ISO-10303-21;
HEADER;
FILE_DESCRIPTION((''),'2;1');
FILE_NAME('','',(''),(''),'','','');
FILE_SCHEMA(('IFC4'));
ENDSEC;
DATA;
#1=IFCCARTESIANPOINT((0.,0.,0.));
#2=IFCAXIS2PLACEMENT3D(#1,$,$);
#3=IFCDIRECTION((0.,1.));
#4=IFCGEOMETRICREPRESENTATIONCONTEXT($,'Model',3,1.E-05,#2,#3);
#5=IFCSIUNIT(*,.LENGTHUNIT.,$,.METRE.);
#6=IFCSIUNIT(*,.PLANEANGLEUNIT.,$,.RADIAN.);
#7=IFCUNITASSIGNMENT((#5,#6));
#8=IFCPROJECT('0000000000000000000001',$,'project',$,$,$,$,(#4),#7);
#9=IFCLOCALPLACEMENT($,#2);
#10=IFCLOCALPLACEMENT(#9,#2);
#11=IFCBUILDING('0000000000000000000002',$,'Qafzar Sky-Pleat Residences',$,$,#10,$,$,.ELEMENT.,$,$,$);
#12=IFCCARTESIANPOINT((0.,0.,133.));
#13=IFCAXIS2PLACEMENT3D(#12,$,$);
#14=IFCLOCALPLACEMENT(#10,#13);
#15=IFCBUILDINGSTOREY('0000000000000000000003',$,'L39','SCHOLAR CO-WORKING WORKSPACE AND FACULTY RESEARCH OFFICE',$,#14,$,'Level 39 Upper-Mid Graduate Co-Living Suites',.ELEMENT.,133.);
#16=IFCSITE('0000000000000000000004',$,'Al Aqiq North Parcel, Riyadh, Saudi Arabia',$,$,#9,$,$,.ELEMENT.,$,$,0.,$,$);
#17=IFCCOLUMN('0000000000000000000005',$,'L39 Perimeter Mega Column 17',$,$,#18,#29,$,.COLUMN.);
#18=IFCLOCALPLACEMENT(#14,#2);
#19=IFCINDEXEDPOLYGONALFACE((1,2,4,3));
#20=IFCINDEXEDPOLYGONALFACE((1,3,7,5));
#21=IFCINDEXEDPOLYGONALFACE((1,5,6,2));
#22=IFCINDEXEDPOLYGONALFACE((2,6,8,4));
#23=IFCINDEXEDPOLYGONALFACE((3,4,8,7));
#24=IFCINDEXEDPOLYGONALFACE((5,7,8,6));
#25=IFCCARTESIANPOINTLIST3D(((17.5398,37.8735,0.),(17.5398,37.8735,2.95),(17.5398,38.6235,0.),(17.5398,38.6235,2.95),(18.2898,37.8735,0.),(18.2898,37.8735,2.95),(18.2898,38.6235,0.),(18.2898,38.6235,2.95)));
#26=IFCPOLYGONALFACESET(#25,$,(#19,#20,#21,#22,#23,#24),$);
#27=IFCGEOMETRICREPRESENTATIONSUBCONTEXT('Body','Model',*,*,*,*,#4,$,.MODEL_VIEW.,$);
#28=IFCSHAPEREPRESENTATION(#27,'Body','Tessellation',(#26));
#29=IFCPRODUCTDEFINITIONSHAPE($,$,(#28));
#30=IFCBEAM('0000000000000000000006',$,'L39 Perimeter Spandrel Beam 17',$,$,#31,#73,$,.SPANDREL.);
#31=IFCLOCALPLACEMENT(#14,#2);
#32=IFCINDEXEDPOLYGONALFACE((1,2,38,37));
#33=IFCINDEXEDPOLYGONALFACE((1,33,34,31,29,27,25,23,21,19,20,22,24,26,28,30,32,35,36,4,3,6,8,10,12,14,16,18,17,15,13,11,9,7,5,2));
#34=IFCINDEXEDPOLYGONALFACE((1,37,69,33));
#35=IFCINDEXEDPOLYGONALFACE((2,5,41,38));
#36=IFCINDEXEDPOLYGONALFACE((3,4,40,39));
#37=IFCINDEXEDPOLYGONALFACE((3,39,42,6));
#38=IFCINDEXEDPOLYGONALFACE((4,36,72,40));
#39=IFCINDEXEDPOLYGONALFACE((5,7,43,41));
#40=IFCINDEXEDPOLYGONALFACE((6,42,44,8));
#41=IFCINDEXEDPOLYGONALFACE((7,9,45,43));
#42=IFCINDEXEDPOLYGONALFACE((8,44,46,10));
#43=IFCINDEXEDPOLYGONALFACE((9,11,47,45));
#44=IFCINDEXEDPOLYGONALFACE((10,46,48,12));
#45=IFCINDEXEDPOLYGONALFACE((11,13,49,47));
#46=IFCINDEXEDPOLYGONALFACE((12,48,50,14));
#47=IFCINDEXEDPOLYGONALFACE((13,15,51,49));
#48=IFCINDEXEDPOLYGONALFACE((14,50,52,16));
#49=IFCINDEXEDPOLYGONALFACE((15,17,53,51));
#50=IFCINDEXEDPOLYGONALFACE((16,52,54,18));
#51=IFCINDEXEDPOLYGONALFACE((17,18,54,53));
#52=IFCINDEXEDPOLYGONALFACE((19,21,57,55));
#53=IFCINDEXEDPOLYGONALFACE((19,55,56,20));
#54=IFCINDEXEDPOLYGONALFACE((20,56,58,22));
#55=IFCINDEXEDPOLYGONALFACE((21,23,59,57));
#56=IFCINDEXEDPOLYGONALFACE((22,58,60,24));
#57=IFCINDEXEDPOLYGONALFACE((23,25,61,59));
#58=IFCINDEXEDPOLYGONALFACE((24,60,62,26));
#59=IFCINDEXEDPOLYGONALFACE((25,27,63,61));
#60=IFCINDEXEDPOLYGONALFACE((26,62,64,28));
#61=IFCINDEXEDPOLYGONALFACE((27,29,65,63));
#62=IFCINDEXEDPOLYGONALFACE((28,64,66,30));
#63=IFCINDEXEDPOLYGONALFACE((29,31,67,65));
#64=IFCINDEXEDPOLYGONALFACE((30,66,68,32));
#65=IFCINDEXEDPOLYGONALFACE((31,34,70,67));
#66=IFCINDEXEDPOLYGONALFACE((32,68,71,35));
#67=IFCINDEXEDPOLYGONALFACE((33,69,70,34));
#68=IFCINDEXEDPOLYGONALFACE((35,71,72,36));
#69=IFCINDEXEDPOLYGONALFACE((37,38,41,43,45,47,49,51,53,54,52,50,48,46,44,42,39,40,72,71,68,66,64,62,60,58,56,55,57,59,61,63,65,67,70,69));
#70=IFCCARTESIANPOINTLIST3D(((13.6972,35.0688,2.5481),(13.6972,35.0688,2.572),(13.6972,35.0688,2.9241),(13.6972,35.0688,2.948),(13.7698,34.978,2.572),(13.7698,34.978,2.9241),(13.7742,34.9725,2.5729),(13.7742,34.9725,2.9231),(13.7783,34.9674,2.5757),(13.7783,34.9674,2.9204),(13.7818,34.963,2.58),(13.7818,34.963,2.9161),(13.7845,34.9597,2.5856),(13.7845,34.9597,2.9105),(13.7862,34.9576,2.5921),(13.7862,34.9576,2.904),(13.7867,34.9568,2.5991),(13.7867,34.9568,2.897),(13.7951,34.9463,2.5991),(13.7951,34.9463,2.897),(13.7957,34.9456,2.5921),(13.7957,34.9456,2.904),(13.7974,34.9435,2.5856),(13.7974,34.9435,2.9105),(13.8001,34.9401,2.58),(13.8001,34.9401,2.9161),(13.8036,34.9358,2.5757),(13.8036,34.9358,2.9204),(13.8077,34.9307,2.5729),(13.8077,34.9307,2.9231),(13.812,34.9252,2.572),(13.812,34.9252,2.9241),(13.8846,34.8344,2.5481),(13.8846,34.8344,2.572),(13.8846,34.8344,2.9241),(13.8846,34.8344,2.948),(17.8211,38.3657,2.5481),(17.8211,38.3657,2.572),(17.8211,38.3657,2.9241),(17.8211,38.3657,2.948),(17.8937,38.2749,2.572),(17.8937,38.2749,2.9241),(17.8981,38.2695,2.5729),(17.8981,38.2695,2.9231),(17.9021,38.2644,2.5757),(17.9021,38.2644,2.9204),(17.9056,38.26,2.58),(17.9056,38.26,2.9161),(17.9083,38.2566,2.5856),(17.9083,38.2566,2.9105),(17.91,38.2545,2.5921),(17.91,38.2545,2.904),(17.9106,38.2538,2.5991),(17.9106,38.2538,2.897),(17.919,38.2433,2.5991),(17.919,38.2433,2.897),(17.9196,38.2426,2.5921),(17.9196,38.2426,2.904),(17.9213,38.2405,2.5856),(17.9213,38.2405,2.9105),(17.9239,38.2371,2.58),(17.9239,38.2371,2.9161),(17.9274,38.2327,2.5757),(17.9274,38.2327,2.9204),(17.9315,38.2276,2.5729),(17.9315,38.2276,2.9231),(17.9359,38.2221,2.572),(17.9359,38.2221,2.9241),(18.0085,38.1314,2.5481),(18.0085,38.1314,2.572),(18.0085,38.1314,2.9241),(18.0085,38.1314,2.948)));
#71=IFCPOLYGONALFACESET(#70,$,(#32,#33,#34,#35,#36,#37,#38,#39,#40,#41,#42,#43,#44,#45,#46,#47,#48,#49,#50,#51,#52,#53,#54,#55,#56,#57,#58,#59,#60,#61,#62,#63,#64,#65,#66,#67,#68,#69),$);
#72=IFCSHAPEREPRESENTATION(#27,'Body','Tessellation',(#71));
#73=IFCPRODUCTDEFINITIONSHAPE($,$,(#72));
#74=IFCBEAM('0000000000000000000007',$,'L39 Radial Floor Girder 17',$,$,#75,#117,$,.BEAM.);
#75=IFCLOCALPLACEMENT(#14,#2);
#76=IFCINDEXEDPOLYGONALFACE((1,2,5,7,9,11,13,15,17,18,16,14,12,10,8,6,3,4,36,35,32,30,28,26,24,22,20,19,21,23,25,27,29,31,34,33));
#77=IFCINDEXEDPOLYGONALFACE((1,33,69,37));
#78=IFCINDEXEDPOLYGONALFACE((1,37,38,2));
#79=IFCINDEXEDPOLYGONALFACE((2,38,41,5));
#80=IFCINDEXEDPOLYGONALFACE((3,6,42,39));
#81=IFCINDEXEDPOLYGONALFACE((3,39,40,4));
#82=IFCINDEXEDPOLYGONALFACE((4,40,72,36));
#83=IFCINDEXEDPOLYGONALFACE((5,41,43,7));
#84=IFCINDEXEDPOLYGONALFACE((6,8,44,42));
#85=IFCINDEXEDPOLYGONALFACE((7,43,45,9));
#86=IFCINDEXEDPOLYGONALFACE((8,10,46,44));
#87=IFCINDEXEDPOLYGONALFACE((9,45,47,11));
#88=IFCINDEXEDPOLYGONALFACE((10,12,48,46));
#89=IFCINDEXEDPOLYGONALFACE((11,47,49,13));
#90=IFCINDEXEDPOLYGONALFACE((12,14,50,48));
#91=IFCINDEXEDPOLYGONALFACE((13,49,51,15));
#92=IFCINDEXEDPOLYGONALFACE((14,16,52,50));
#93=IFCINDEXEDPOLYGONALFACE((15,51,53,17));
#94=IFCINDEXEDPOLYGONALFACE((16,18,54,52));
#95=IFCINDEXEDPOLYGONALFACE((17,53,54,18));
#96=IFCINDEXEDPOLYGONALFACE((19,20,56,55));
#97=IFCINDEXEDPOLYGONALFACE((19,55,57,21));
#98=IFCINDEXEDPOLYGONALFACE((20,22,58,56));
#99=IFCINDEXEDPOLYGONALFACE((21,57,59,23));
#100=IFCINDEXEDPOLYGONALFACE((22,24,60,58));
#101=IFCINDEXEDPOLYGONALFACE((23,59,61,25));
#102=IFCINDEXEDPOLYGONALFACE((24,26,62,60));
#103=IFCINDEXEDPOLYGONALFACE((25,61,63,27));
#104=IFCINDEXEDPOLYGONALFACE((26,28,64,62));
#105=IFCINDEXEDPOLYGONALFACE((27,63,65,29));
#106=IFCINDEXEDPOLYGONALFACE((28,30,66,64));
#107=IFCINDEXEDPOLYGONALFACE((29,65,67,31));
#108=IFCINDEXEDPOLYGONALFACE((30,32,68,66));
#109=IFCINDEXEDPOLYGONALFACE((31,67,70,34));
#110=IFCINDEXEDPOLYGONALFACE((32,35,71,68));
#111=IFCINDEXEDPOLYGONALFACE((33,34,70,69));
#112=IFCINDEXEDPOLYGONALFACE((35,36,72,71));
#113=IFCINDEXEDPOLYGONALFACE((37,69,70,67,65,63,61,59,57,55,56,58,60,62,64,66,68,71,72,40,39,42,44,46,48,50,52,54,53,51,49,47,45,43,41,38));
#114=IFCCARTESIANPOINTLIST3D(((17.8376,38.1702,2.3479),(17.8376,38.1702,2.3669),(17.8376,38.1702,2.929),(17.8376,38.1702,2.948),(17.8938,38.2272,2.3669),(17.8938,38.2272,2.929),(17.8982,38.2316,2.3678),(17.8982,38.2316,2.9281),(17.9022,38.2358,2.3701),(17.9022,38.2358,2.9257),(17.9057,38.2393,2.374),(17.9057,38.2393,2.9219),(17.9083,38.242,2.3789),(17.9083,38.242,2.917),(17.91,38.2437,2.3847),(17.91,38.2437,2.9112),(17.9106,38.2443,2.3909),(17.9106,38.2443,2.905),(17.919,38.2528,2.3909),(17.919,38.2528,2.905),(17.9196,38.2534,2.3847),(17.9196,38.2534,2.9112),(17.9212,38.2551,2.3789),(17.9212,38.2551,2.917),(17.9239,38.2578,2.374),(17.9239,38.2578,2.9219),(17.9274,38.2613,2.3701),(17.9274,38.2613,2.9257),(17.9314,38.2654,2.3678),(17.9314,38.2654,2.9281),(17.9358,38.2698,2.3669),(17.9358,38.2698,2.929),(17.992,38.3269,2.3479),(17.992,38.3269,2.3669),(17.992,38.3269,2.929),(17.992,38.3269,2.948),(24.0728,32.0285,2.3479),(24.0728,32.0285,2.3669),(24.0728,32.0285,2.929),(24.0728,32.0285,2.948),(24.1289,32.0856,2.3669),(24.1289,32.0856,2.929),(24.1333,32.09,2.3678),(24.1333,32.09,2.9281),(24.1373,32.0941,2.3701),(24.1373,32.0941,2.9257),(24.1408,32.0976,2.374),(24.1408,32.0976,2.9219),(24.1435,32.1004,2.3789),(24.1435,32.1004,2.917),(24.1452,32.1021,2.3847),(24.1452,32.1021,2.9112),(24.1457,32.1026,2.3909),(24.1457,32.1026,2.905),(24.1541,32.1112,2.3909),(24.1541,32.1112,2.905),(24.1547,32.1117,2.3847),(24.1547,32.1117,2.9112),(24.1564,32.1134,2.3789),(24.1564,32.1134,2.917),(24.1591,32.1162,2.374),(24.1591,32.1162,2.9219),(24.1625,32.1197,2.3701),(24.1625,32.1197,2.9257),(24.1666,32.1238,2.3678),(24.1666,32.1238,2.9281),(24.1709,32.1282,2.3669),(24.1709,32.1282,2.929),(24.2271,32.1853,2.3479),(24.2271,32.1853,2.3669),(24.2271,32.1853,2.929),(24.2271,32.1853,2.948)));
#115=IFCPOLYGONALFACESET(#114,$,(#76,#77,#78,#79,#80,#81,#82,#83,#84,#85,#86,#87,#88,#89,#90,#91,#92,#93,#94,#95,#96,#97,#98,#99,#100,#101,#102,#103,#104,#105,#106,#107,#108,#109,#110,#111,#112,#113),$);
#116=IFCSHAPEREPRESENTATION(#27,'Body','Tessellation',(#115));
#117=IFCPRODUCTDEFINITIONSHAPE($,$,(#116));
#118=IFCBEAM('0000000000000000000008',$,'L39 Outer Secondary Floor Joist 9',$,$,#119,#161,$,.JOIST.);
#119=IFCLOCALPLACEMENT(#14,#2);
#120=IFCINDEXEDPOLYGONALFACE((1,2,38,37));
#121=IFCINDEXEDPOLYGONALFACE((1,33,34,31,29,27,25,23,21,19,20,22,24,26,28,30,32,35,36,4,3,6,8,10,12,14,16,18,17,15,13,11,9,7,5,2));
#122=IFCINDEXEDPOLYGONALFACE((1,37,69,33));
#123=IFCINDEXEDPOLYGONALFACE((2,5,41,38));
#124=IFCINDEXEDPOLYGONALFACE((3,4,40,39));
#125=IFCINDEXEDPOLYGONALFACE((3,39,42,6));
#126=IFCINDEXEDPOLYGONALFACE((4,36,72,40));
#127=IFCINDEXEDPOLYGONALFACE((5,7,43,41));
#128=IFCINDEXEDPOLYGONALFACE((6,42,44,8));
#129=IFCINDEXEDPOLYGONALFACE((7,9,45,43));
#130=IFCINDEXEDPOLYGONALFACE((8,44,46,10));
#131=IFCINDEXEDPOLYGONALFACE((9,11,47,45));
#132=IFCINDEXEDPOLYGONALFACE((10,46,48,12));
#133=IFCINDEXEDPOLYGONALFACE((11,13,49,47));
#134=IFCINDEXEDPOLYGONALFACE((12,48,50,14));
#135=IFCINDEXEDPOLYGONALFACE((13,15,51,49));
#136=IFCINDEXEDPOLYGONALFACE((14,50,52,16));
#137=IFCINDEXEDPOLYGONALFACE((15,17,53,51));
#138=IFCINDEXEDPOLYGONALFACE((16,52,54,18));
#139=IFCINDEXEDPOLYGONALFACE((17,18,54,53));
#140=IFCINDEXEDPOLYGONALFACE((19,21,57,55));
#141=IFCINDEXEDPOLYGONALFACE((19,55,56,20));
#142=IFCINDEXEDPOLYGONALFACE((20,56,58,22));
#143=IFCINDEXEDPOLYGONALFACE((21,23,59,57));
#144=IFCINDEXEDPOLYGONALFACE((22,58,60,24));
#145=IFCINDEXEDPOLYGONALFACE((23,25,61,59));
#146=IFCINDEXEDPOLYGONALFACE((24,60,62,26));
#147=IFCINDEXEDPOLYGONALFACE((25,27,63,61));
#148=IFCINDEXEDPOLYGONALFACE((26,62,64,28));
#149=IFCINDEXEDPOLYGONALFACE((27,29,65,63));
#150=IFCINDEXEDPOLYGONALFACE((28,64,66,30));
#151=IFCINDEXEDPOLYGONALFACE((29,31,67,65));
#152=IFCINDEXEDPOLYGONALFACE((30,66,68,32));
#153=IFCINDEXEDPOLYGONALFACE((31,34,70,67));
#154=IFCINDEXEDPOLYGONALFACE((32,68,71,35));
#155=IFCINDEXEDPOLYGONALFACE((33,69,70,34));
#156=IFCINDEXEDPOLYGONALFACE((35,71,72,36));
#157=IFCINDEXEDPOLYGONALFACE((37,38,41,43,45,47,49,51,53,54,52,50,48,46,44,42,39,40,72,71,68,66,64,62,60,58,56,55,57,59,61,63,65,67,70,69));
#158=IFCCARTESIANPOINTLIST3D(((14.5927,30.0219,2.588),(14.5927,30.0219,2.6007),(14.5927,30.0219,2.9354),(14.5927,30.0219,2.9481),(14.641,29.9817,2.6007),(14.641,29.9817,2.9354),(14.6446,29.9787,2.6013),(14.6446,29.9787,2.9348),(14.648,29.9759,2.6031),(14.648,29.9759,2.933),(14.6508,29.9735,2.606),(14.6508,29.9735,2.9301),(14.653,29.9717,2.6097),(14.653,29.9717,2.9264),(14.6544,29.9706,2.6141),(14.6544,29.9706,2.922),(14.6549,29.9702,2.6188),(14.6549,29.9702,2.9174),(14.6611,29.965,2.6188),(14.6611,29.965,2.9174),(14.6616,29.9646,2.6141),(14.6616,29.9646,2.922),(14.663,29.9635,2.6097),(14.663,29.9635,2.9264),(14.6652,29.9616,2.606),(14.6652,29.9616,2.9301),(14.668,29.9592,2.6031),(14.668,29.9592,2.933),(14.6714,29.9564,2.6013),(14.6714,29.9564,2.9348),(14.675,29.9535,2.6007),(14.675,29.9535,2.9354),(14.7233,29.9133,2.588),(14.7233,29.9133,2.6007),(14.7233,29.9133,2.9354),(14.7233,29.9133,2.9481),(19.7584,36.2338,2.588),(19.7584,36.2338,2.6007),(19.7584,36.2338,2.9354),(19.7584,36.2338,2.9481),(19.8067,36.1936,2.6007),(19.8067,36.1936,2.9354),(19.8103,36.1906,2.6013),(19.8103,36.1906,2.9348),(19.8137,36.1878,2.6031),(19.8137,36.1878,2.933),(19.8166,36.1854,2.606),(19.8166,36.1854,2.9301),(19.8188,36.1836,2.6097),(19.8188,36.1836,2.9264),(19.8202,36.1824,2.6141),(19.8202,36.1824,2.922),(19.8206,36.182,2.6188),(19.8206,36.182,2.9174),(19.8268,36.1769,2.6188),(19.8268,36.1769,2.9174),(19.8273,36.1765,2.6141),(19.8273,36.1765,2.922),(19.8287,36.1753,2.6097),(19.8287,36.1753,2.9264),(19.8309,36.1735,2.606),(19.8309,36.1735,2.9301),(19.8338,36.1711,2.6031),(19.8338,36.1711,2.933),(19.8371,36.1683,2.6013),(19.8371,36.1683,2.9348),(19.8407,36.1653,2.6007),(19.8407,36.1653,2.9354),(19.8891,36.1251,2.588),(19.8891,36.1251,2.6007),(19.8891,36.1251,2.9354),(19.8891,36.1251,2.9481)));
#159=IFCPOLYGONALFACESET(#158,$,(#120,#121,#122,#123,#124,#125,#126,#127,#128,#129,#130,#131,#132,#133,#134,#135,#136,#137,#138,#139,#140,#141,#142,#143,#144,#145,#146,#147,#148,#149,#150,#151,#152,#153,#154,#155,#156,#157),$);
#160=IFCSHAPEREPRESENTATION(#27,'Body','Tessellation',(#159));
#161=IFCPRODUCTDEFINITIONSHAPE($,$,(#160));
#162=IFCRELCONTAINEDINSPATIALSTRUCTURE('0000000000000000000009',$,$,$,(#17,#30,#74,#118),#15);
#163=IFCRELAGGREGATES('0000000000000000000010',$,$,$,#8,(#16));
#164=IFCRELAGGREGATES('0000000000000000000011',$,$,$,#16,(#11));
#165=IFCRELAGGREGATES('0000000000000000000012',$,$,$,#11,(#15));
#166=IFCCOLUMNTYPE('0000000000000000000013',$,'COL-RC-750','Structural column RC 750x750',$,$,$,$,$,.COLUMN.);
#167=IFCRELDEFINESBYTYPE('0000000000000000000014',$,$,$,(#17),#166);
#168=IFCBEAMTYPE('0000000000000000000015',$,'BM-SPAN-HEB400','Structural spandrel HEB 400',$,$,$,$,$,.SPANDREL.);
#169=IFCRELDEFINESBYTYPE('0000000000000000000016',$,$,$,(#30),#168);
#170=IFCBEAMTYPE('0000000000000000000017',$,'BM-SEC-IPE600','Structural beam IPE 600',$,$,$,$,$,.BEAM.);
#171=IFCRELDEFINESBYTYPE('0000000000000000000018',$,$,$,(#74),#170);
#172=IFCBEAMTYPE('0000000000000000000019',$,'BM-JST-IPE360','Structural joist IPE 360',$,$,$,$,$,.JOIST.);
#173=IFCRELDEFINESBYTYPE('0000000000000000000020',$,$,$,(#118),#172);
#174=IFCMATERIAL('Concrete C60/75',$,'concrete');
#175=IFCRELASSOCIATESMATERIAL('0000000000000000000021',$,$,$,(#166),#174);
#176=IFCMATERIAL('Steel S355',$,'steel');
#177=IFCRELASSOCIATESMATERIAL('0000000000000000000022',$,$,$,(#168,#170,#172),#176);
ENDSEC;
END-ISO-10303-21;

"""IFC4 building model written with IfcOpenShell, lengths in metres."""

from ifc_helpers import new_model, si_unit, direction, frame, origin, origin_2d, place, context, subcontext, project, spatial, rectangle, i_section, extrude, source, transform, mapped, material, material_profile, profile_set, type_object, element, save


model = new_model("IFC4")

# Units and contexts
model_context = context("Model", 3, precision=1e-05, world=origin(), true_north=direction((0.0, 1.0)))
body_context = subcontext(model_context, "Body", "Model", "MODEL_VIEW")
ifc_project = project(units=[si_unit("LENGTHUNIT", "METRE"), si_unit("PLANEANGLEUNIT", "RADIAN")], contexts=[model_context])

# Site, building, storey
site_placement = place(None, origin())
site = spatial("IfcSite", under=ifc_project, at=site_placement, Name="Al Aqiq North Parcel, Riyadh, Saudi Arabia", CompositionType="ELEMENT", RefElevation=0.0)
building_placement = place(site_placement, origin())
building = spatial("IfcBuilding", under=site, at=building_placement, Name="Qafzar Sky-Pleat Residences", CompositionType="ELEMENT")
storey_placement = place(building_placement, frame((0.0, 0.0, 133.0)))
storey = spatial("IfcBuildingStorey", under=building, at=storey_placement, Name="L39", Description="SCHOLAR CO-WORKING WORKSPACE AND FACULTY RESEARCH OFFICE", LongName="Level 39 Upper-Mid Graduate Co-Living Suites", CompositionType="ELEMENT", Elevation=133.0)

# Column
ifc_material_1 = material(Name="Concrete C60/75", Category="concrete")
ifc_material_profile_1 = material_profile(ifc_material_1, rectangle(XDim=0.75, YDim=0.75, at=origin_2d()), Name="RC 750x750")
ifc_profile_set_1 = profile_set([ifc_material_profile_1], Name="Concrete C60/75")
column_type = type_object("IfcColumnType", Name="COL-RC-750", Description="Structural column RC 750x750", PredefinedType="COLUMN", material=ifc_profile_set_1)
shared_shape_1 = source(origin(), body_context, "Body", "SweptSolid", [
    extrude(rectangle(XDim=0.75, YDim=0.75, at=origin_2d()), origin(), (0.0, 0.0, 1.0), 2.95),
])
column_placement = place(storey_placement, frame((17.9148, 38.2485, 0.0), z_axis=(0.0, 0.0, 1.0), x_axis=(1.0, 0.0, 0.0)))
element("IfcColumn", 1, at=column_placement, inside=storey, type_object=column_type, Name="L39 Perimeter Mega Column 17", PredefinedType="COLUMN", context=body_context, shape_type="MappedRepresentation", body=[
    mapped(shared_shape_1, transform((0.0, 0.0, 0.0), x_axis=(1.0, 0.0, 0.0), y_axis=(0.0, 1.0, 0.0), z_axis=(0.0, 0.0, 1.0), scale=1.0)),
])

# Beams
ifc_material_2 = material(Name="Steel S355", Category="steel")
ifc_material_profile_2 = material_profile(ifc_material_2, i_section(OverallWidth=0.3, OverallDepth=0.3999, WebThickness=0.0134, FlangeThickness=0.0239, FilletRadius=0.0271, at=origin_2d()), Name="HEB 400")
ifc_profile_set_2 = profile_set([ifc_material_profile_2], Name="Steel S355")
beam_type_1 = type_object("IfcBeamType", Name="BM-SPAN-HEB400", Description="Structural spandrel HEB 400", PredefinedType="SPANDREL", material=ifc_profile_set_2)
shared_shape_2 = source(origin(), body_context, "Body", "SweptSolid", [
    extrude(i_section(OverallWidth=0.3, OverallDepth=0.3999, WebThickness=0.0134, FlangeThickness=0.0239, FilletRadius=0.0271, at=origin_2d()), origin(), (0.0, 0.0, 1.0), 5.2798),
])
beam_1_placement = place(storey_placement, frame((17.9148, 38.2485, 2.748), z_axis=(-0.781067, -0.624447, 0.0), x_axis=(0.624447, -0.781067, 0.0)))
element("IfcBeam", 2, at=beam_1_placement, inside=storey, type_object=beam_type_1, Name="L39 Perimeter Spandrel Beam 17", PredefinedType="SPANDREL", context=body_context, shape_type="MappedRepresentation", body=[
    mapped(shared_shape_2, transform((0.0, 0.0, 0.0), x_axis=(1.0, 0.0, 0.0), y_axis=(0.0, 1.0, 0.0), z_axis=(0.0, 0.0, 1.0), scale=1.0)),
])
ifc_material_profile_3 = material_profile(ifc_material_2, i_section(OverallWidth=0.22, OverallDepth=0.6001, WebThickness=0.012, FlangeThickness=0.019, FilletRadius=0.0239, at=origin_2d()), Name="IPE 600")
ifc_profile_set_3 = profile_set([ifc_material_profile_3], Name="Steel S355")
beam_type_2 = type_object("IfcBeamType", Name="BM-SEC-IPE600", Description="Structural beam IPE 600", PredefinedType="BEAM", material=ifc_profile_set_3)
shared_shape_3 = source(origin(), body_context, "Body", "SweptSolid", [
    extrude(i_section(OverallWidth=0.22, OverallDepth=0.6001, WebThickness=0.012, FlangeThickness=0.019, FilletRadius=0.0239, at=origin_2d()), origin(), (0.0, 0.0, 1.0), 8.752),
])
beam_2_placement = place(storey_placement, frame((17.9148, 38.2485, 2.6479), z_axis=(0.712429, -0.701745, 0.0), x_axis=(0.701745, 0.712429, 0.0)))
element("IfcBeam", 3, at=beam_2_placement, inside=storey, type_object=beam_type_2, Name="L39 Radial Floor Girder 17", PredefinedType="BEAM", context=body_context, shape_type="MappedRepresentation", body=[
    mapped(shared_shape_3, transform((0.0, 0.0, 0.0), x_axis=(1.0, 0.0, 0.0), y_axis=(0.0, 1.0, 0.0), z_axis=(0.0, 0.0, 1.0), scale=1.0)),
])
ifc_material_profile_4 = material_profile(ifc_material_2, i_section(OverallWidth=0.1699, OverallDepth=0.3601, WebThickness=0.0081, FlangeThickness=0.0127, FilletRadius=0.0181, at=origin_2d()), Name="IPE 360")
ifc_profile_set_4 = profile_set([ifc_material_profile_4], Name="Steel S355")
beam_type_3 = type_object("IfcBeamType", Name="BM-JST-IPE360", Description="Structural joist IPE 360", PredefinedType="JOIST", material=ifc_profile_set_4)
shared_shape_4 = source(origin(), body_context, "Body", "SweptSolid", [
    extrude(i_section(OverallWidth=0.1699, OverallDepth=0.3601, WebThickness=0.0081, FlangeThickness=0.0127, FilletRadius=0.0181, at=origin_2d()), origin(), (0.0, 0.0, 1.0), 8.0791),
])
beam_3_placement = place(storey_placement, frame((19.8237, 36.1794, 2.7681), z_axis=(-0.639393, -0.76888, 0.0), x_axis=(0.76888, -0.639393, 0.0)))
element("IfcBeam", 4, at=beam_3_placement, inside=storey, type_object=beam_type_3, Name="L39 Outer Secondary Floor Joist 9", PredefinedType="JOIST", context=body_context, shape_type="MappedRepresentation", body=[
    mapped(shared_shape_4, transform((0.0, 0.0, 0.0), x_axis=(1.0, 0.0, 0.0), y_axis=(0.0, 1.0, 0.0), z_axis=(0.0, 0.0, 1.0), scale=1.0)),
])

save(model, "model.ifc")
